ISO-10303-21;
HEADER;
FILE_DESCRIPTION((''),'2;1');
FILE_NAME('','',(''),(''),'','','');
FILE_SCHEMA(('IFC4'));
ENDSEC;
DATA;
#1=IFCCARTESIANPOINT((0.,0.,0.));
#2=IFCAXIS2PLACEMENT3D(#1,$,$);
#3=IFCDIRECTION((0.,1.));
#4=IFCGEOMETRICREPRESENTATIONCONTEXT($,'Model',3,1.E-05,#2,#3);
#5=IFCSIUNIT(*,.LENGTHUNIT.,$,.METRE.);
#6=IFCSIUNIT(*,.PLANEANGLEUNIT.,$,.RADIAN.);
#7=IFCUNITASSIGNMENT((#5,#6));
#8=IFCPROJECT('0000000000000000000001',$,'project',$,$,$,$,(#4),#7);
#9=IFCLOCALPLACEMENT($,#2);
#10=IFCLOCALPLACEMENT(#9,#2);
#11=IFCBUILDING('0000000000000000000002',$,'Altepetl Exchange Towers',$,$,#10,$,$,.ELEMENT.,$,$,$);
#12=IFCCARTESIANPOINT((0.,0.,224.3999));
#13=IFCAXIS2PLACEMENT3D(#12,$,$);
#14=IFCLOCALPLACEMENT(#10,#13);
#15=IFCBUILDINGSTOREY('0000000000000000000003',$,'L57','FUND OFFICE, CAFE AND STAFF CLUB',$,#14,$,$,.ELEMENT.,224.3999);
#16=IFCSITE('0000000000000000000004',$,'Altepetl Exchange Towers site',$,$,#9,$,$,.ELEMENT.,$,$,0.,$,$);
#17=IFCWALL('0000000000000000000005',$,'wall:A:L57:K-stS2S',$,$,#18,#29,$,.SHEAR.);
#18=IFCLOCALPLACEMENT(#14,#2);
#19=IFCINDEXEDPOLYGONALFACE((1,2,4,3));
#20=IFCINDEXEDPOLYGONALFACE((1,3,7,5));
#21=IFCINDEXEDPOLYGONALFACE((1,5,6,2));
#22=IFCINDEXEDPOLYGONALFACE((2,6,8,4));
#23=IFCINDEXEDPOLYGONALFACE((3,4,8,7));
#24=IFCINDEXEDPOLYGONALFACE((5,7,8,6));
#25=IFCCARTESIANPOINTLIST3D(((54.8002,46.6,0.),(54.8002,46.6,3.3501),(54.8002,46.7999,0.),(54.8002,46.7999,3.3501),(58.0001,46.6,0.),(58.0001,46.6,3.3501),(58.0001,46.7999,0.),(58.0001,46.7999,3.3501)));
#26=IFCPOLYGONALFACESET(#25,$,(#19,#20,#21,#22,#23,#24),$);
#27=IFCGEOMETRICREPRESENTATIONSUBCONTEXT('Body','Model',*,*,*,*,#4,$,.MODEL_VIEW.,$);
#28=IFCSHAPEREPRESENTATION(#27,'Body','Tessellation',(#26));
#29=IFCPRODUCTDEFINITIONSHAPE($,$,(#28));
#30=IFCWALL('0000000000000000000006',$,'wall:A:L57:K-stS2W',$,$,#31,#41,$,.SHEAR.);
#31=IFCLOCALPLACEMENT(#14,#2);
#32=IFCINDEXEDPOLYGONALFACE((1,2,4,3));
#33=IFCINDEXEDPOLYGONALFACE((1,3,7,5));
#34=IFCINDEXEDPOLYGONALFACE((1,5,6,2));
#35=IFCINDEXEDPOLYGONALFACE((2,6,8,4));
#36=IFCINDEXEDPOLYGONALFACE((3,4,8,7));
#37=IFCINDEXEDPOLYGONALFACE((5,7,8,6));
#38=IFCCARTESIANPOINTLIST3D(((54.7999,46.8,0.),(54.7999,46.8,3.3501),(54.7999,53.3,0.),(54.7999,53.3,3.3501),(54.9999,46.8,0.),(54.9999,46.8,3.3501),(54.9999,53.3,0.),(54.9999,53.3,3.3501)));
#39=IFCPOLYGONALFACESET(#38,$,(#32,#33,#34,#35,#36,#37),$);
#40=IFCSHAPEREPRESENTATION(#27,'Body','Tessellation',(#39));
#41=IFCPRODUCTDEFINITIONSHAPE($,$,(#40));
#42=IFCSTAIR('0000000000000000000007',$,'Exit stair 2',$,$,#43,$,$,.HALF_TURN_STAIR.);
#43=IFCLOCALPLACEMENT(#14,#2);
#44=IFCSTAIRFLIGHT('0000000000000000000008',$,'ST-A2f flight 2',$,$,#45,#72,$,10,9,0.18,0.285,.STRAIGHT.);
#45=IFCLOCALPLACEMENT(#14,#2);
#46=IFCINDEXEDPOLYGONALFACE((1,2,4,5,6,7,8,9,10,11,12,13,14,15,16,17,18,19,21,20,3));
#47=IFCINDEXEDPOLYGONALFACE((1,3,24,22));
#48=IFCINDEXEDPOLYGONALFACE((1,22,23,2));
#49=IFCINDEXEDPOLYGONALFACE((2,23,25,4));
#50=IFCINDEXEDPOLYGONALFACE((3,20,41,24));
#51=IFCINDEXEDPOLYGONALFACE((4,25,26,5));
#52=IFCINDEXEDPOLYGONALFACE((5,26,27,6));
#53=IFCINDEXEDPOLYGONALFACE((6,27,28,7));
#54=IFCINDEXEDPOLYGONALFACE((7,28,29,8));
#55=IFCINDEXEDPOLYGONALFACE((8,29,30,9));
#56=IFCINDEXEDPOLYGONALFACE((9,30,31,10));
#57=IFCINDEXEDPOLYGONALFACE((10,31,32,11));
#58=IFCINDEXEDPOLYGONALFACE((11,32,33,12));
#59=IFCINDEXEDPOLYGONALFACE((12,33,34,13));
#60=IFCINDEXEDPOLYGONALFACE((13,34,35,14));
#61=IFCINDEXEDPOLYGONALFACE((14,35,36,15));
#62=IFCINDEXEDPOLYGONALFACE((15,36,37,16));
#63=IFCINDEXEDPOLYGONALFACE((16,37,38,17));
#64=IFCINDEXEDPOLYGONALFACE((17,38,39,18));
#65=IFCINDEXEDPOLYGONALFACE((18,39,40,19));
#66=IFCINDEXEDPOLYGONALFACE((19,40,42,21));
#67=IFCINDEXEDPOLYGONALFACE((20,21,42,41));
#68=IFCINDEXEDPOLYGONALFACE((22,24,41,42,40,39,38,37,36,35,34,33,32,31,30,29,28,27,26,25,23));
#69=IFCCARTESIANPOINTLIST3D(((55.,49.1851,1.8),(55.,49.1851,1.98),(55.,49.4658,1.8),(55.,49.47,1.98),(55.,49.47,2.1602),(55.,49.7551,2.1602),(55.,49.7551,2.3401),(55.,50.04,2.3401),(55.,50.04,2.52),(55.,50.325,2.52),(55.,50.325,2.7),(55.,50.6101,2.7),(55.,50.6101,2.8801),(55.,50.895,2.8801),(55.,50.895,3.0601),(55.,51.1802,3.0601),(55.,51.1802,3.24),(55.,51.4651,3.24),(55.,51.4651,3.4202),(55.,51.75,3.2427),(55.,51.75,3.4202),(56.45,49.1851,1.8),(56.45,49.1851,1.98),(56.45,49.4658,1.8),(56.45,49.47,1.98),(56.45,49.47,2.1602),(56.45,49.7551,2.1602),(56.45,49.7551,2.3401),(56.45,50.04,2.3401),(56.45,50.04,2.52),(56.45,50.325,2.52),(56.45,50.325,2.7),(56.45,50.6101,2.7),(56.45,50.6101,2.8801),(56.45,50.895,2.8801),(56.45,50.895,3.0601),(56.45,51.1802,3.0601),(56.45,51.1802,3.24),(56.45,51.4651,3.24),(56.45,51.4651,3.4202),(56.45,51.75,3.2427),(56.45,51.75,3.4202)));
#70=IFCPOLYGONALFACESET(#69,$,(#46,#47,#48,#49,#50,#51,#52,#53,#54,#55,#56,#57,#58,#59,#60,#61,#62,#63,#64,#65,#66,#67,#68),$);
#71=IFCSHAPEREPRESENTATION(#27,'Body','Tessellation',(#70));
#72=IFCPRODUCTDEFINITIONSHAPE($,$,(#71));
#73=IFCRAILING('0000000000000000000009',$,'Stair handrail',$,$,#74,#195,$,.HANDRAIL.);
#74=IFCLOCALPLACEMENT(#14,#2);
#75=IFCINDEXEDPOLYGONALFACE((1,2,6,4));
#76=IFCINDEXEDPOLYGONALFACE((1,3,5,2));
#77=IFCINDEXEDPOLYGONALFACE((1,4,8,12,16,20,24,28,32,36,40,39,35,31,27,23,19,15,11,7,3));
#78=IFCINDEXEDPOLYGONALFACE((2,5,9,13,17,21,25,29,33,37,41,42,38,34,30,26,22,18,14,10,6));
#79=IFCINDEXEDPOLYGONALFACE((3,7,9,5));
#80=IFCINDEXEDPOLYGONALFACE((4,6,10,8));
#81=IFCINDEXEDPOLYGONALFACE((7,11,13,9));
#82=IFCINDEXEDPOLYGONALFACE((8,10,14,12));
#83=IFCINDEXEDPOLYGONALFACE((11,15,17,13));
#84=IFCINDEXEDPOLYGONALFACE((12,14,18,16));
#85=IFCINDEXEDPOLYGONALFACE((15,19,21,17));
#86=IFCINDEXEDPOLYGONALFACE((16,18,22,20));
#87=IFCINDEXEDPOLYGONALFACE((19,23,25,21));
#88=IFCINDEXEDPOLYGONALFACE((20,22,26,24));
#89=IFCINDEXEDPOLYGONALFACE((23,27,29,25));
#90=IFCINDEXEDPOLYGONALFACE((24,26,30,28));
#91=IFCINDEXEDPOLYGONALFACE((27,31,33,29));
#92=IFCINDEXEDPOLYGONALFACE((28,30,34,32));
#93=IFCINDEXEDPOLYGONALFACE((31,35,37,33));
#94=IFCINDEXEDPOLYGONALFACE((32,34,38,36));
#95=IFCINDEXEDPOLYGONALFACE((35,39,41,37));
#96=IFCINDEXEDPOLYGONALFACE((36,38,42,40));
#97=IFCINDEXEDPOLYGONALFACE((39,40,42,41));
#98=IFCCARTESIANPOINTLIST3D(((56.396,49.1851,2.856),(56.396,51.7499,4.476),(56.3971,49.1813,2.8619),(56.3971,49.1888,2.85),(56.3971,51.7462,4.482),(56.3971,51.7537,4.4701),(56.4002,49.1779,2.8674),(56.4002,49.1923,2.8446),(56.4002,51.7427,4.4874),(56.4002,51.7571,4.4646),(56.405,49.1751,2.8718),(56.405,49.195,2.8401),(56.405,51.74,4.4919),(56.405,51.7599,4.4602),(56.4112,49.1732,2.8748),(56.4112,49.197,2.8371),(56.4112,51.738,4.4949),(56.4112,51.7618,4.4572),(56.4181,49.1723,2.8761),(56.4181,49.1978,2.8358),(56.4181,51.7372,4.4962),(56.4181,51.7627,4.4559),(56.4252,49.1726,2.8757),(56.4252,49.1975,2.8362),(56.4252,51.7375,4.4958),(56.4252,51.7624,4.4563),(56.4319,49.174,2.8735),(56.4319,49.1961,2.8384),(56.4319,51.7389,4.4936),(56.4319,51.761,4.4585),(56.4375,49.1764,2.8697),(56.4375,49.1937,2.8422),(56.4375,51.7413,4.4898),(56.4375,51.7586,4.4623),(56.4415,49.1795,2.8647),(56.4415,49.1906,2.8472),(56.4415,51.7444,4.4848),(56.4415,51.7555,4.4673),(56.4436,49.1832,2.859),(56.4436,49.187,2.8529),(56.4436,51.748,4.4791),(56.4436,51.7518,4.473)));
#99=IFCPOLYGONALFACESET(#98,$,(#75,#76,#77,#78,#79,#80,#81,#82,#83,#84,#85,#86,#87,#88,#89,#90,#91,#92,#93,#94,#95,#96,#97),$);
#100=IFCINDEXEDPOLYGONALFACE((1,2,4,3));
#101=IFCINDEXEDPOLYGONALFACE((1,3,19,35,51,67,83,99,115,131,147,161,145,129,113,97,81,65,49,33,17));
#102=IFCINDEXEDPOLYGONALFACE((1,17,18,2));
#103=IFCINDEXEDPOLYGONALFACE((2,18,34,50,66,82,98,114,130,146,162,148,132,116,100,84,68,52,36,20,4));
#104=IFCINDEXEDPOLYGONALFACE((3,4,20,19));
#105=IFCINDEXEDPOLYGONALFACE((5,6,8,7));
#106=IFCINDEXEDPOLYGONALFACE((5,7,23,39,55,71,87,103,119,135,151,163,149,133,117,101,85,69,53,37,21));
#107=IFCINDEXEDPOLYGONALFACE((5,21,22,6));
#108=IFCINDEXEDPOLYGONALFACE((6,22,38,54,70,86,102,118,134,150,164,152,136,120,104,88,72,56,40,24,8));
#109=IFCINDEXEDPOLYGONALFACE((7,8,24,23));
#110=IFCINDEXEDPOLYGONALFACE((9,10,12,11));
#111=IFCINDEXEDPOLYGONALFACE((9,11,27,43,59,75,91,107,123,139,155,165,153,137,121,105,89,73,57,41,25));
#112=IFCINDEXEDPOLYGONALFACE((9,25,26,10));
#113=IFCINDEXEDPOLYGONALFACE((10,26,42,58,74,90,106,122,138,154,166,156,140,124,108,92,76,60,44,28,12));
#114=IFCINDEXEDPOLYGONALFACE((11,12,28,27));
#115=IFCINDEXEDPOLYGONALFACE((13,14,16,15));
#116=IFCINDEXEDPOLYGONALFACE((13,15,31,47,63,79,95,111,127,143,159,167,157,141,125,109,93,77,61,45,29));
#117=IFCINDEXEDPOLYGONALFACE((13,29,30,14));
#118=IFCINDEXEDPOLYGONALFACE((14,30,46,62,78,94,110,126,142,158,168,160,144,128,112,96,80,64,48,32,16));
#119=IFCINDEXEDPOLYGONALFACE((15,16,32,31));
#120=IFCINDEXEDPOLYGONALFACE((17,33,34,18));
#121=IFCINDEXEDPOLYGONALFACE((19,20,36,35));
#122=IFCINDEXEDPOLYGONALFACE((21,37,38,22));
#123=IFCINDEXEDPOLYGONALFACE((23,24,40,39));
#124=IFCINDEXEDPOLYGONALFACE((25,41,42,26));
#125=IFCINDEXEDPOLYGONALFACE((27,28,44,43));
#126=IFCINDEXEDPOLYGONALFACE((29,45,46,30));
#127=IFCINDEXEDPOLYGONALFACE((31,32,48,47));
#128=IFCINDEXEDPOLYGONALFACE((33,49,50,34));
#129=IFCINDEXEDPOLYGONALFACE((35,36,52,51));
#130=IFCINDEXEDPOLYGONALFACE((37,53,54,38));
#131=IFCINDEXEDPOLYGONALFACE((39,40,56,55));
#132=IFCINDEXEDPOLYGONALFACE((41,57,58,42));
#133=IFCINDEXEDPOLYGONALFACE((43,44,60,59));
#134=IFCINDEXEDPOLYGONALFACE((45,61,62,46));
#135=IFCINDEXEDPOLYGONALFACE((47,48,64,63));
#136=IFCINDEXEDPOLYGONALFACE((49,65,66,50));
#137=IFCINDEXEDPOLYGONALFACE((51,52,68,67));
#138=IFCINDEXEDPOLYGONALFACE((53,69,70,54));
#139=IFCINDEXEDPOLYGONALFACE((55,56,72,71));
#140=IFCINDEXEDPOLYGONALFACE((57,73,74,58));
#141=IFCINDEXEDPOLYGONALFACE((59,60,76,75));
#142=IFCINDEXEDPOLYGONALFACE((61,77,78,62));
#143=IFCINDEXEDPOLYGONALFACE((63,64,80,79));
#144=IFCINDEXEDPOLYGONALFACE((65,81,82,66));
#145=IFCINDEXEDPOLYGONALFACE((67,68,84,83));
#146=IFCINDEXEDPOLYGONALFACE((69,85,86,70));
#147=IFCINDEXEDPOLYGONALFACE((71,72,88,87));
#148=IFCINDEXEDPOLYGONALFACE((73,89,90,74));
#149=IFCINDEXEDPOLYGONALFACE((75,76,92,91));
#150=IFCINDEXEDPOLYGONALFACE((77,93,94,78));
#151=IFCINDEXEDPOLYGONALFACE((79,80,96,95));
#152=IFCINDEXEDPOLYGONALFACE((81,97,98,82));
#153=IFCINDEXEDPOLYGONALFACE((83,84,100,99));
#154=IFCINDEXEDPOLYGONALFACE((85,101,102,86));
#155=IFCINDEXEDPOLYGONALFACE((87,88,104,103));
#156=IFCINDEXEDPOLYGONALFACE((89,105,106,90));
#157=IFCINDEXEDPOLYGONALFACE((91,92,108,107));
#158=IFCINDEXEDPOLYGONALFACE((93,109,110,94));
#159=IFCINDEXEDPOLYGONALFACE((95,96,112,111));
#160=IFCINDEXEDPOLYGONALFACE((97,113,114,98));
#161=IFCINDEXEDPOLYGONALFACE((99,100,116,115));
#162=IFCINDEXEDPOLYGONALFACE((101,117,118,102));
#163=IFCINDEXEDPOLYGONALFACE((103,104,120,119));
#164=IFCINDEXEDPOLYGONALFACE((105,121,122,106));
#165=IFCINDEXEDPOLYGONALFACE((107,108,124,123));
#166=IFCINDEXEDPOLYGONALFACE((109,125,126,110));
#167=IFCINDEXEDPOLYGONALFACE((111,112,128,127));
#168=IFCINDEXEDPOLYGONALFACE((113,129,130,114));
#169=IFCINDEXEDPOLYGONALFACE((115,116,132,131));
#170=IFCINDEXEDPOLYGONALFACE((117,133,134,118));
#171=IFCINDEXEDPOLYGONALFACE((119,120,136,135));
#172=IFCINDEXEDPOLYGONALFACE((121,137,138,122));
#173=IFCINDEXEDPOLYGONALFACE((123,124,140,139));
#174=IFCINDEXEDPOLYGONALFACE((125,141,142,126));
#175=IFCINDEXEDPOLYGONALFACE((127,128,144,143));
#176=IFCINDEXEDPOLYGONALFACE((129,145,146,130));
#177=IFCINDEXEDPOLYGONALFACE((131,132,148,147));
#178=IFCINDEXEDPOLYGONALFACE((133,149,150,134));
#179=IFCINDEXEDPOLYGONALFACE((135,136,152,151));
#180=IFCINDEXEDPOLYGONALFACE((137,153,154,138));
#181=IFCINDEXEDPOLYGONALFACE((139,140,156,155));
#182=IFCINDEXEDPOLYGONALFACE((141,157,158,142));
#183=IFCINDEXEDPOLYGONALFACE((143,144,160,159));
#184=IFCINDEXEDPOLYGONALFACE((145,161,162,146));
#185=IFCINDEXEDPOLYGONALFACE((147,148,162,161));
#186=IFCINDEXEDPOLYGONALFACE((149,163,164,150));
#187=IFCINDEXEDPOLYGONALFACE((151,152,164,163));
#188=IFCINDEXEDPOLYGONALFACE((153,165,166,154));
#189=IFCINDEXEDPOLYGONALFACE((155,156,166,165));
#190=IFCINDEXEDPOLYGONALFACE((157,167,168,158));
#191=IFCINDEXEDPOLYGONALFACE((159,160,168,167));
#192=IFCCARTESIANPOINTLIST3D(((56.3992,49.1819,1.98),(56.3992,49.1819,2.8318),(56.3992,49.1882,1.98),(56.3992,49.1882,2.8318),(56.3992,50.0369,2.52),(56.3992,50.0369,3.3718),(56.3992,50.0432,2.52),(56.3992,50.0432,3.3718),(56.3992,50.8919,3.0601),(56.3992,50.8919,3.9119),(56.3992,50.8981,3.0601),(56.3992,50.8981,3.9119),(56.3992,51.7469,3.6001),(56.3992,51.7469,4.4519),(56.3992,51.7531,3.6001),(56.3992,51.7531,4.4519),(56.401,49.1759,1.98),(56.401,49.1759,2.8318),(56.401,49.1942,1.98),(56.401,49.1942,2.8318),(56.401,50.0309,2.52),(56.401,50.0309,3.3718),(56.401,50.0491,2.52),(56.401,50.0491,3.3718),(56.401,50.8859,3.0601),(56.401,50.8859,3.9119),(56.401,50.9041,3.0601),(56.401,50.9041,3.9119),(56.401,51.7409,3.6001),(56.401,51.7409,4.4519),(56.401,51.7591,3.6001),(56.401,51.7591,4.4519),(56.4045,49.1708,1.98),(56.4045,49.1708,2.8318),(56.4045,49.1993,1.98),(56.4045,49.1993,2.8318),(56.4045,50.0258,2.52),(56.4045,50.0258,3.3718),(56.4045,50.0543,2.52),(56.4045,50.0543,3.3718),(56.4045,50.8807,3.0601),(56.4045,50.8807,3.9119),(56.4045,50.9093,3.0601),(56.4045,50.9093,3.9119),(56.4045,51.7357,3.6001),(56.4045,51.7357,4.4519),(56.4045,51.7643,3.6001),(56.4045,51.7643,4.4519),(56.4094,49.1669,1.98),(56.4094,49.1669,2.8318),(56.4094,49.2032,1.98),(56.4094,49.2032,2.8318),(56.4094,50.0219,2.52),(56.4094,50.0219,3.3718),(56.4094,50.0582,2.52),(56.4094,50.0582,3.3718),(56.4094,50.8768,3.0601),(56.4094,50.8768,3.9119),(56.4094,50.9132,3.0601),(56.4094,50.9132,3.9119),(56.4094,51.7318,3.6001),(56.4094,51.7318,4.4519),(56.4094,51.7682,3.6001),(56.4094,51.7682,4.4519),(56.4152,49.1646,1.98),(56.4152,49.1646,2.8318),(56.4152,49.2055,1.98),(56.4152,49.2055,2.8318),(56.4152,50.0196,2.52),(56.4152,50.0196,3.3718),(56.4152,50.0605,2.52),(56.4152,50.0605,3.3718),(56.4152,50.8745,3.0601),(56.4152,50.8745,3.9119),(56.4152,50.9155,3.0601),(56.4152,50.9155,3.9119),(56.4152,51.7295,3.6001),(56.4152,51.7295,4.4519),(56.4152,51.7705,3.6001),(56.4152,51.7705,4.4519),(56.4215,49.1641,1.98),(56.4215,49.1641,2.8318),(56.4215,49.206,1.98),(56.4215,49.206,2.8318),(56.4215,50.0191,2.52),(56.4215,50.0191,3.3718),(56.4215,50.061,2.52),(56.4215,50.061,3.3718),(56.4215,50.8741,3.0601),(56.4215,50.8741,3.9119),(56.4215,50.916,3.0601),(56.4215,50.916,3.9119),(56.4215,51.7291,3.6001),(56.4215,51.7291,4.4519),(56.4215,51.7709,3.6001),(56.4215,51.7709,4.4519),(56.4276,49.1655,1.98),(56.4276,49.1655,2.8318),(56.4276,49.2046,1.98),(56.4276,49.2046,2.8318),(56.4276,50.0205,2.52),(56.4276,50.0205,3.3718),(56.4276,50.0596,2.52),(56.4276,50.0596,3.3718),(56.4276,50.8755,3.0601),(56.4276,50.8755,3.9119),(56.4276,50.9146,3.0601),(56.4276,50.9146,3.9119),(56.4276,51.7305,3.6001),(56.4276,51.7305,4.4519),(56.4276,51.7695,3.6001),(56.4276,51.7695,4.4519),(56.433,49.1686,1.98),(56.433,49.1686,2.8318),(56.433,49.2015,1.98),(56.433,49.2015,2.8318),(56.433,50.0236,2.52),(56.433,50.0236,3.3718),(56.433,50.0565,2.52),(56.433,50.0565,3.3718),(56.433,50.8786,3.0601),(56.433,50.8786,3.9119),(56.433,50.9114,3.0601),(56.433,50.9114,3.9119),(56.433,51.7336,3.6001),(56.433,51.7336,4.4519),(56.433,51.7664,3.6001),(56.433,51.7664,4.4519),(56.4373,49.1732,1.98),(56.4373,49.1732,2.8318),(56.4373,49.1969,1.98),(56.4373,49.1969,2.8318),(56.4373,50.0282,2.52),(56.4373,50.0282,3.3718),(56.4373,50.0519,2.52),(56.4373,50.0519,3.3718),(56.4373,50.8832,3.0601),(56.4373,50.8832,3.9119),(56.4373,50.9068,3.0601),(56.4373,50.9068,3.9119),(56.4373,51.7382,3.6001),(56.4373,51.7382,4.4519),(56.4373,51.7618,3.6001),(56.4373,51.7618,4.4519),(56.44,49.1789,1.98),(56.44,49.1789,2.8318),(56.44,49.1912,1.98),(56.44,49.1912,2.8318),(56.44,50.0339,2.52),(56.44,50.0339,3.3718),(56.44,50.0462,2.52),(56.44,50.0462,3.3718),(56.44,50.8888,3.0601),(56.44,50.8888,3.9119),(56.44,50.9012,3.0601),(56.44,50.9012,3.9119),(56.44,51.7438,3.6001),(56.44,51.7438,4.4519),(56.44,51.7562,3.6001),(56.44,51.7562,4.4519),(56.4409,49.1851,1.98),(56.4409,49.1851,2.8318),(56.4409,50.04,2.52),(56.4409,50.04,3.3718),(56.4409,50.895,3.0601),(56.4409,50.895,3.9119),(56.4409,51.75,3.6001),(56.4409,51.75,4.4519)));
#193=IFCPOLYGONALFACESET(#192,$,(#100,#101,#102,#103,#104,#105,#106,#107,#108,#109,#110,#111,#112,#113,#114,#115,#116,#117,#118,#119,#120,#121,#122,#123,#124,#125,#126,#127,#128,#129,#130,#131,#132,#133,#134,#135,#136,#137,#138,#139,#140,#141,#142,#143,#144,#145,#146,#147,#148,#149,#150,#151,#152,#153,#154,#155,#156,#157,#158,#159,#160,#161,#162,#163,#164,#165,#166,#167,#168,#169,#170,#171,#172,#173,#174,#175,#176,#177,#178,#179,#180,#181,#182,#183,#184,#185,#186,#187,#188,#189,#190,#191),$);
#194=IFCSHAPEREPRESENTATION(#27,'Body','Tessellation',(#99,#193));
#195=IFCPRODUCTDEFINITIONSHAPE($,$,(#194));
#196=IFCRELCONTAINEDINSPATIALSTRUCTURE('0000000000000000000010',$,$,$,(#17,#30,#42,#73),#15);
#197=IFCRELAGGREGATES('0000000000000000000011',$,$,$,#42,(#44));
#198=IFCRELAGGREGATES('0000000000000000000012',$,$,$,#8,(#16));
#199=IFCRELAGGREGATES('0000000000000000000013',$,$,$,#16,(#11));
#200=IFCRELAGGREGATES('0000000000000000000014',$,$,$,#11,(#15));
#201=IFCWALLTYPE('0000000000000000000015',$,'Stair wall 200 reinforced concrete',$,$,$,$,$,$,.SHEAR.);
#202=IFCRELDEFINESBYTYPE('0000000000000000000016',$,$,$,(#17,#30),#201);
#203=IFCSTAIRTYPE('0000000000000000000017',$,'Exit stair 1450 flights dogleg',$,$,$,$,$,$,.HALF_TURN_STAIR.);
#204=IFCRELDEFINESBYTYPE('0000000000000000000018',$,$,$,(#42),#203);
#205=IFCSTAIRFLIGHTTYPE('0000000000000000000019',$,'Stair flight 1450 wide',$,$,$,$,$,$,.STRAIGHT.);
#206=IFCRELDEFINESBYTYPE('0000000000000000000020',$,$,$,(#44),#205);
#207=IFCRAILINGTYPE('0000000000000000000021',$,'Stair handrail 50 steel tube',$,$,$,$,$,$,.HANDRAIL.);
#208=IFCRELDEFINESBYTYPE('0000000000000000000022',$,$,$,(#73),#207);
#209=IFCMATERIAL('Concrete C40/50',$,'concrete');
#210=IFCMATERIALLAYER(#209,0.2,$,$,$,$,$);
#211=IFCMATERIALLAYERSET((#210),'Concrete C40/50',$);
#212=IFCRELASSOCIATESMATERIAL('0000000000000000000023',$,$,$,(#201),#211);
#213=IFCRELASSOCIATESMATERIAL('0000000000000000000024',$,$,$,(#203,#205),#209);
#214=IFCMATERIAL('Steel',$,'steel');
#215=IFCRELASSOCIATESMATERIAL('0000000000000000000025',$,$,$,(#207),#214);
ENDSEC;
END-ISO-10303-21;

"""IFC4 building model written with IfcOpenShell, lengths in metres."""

from ifc_helpers import new_model, si_unit, direction, frame, frame_2d, origin, origin_2d, place, context, subcontext, project, spatial, polyline, rectangle, circle, outline, extrude, source, transform, mapped, material, layer, layer_set, type_object, element, aggregate, save


model = new_model("IFC4")

# Units and contexts
model_context = context("Model", 3, precision=1e-05, world=origin(), true_north=direction((0.0, 1.0)))
body_context = subcontext(model_context, "Body", "Model", "MODEL_VIEW")
ifc_project = project(units=[si_unit("LENGTHUNIT", "METRE"), si_unit("PLANEANGLEUNIT", "RADIAN")], contexts=[model_context])

# Site, building, storey
site_placement = place(None, origin())
site = spatial("IfcSite", under=ifc_project, at=site_placement, Name="Altepetl Exchange Towers site", CompositionType="ELEMENT", RefElevation=0.0)
building_placement = place(site_placement, origin())
building = spatial("IfcBuilding", under=site, at=building_placement, Name="Altepetl Exchange Towers", CompositionType="ELEMENT")
storey_placement = place(building_placement, frame((0.0, 0.0, 224.3999)))
storey = spatial("IfcBuildingStorey", under=building, at=storey_placement, Name="L57", Description="FUND OFFICE, CAFE AND STAFF CLUB", CompositionType="ELEMENT", Elevation=224.3999)

# Walls
ifc_material_1 = material(Name="Concrete C40/50", Category="concrete")
ifc_layer_1 = layer(ifc_material_1, 0.2)
ifc_layer_set_1 = layer_set([ifc_layer_1], Name="Concrete C40/50")
wall_type_1 = type_object("IfcWallType", Name="Stair wall 200 reinforced concrete", PredefinedType="SHEAR", material=ifc_layer_set_1)
wall_1_placement = place(storey_placement, frame((54.8, 46.7, 0.0)))
element("IfcWall", 1, at=wall_1_placement, inside=storey, type_object=wall_type_1, Name="wall:A:L57:K-stS2S", PredefinedType="SHEAR", context=body_context, shape_type="SweptSolid", body=[
    extrude(rectangle(XDim=3.2, YDim=0.2, at=frame_2d((1.6001, 0.0))), origin(), (0.0, 0.0, 1.0), 3.3501),
])
wall_2_placement = place(storey_placement, frame((54.8999, 46.8, 0.0), z_axis=(0.0, 0.0, 1.0), x_axis=(0.0, 1.0, 0.0)))
element("IfcWall", 2, at=wall_2_placement, inside=storey, type_object=wall_type_1, Name="wall:A:L57:K-stS2W", PredefinedType="SHEAR", context=body_context, shape_type="SweptSolid", body=[
    extrude(rectangle(XDim=6.5, YDim=0.2, at=frame_2d((3.25, 0.0))), origin(), (0.0, 0.0, 1.0), 3.3501),
])

# Stair, stair flight
stair_type = type_object("IfcStairType", Name="Exit stair 1450 flights dogleg", PredefinedType="HALF_TURN_STAIR", material=ifc_material_1)
stair_placement = place(storey_placement, origin())
stair = element("IfcStair", 3, at=stair_placement, inside=storey, type_object=stair_type, Name="Exit stair 2", PredefinedType="HALF_TURN_STAIR")
stair_flight_type = type_object("IfcStairFlightType", Name="Stair flight 1450 wide", PredefinedType="STRAIGHT", material=ifc_material_1)
stair_flight_placement = place(storey_placement, frame((55.7251, 49.1851, 1.8), z_axis=(0.0, 0.0, 1.0), x_axis=(0.0, 1.0, 0.0)))
stair_flight = element("IfcStairFlight", 4, at=stair_flight_placement, type_object=stair_flight_type, Name="ST-A2f flight 2", NumberOfRisers=10, NumberOfTreads=9, PredefinedType="STRAIGHT", RiserHeight=0.18, TreadLength=0.285, context=body_context, shape_type="SweptSolid", body=[
    extrude(outline(polyline([(0.0, 0.0), (0.0, 0.1799), (0.2849, 0.1799), (0.2849, 0.3601), (0.5701, 0.3601), (0.5701, 0.54), (0.855, 0.54), (0.855, 0.72), (1.1399, 0.72), (1.1399, 0.8999), (1.425, 0.8999), (1.425, 1.0801), (1.71, 1.0801), (1.71, 1.26), (1.9951, 1.26), (1.9951, 1.4399), (2.28, 1.4399), (2.28, 1.6201), (2.5649, 1.6201), (2.5649, 1.8), (2.5649, 1.4426), (0.2808, 0.0), (0.0, 0.0)])), frame((0.0, 0.7251, 0.0), z_axis=(0.0, -1.0, 0.0), x_axis=(1.0, 0.0, 0.0)), (0.0, 0.0, 1.0), 1.45),
])
aggregate(stair, [stair_flight])

# Railing
ifc_material_2 = material(Name="Steel", Category="steel")
railing_type = type_object("IfcRailingType", Name="Stair handrail 50 steel tube", PredefinedType="HANDRAIL", material=ifc_material_2)
shared_shape = source(origin(), body_context, "Body", "SweptSolid", [
    extrude(circle(Radius=0.021, at=origin_2d()), origin(), (0.0, 0.0, 1.0), 0.8518),
])
railing_placement = place(storey_placement, frame((56.4199, 49.1851, 1.98)))
element("IfcRailing", 5, at=railing_placement, inside=storey, type_object=railing_type, Name="Stair handrail", PredefinedType="HANDRAIL", context=body_context, shape_type="SweptSolid", body=[
    extrude(circle(Radius=0.0239, at=origin_2d()), frame((0.0, 0.0, 0.876), z_axis=(0.0, 0.845466, 0.534029), x_axis=(-1.0, 0.0, 0.0)), (0.0, 0.0, 1.0), 3.0337),
    mapped(shared_shape, transform((0.0, 0.0, 0.0))),
    mapped(shared_shape, transform((0.0, 0.855, 0.54))),
    mapped(shared_shape, transform((0.0, 1.71, 1.0801))),
    mapped(shared_shape, transform((0.0, 2.5649, 1.6201))),
])

save(model, "model.ifc")
